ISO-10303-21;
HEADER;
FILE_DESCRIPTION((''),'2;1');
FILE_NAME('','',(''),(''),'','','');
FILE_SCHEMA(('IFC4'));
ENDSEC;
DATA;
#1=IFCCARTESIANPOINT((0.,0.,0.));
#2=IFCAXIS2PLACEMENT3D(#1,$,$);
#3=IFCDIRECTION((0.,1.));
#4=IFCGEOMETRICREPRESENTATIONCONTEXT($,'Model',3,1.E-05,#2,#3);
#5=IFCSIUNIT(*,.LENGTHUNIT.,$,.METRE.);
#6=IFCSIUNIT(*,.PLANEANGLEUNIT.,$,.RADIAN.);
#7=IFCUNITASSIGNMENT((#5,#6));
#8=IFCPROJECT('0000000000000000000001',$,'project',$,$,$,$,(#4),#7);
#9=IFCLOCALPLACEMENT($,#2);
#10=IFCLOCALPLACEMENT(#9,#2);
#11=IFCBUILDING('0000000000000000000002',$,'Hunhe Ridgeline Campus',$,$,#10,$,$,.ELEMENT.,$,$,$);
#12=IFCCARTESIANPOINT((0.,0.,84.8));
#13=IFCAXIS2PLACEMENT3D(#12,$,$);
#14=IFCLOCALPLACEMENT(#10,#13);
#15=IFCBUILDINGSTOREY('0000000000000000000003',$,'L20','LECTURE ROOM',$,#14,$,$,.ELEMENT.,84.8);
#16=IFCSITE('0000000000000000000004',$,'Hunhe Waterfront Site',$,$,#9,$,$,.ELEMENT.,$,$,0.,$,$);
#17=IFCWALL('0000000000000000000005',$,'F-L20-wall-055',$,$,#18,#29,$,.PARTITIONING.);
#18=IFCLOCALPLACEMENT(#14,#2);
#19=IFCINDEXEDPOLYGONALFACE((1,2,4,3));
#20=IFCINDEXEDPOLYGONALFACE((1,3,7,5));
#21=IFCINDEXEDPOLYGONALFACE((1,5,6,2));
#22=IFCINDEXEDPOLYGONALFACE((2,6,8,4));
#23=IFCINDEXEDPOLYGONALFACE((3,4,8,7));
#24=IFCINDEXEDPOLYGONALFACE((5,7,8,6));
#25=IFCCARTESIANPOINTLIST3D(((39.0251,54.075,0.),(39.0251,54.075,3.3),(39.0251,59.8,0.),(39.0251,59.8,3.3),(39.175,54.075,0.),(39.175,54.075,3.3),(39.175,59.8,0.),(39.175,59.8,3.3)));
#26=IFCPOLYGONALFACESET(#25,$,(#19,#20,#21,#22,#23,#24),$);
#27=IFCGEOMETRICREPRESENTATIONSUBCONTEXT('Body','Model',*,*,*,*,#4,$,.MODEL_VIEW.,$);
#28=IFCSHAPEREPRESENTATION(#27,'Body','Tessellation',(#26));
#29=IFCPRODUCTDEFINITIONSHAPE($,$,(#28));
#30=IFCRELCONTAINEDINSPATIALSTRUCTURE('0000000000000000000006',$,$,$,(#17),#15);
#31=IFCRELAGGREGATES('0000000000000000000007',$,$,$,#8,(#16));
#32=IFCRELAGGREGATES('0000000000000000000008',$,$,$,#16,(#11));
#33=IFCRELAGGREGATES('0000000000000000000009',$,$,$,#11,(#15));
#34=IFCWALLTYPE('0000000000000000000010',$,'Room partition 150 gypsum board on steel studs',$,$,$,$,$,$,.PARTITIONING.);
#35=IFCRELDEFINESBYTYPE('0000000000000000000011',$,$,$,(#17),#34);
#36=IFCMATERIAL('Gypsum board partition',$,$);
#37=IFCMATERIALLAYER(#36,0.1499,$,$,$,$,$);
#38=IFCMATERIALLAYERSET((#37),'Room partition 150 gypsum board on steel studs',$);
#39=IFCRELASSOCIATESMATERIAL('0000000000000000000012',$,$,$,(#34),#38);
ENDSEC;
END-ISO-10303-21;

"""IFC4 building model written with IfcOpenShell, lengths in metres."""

from ifc_helpers import new_model, si_unit, direction, frame, frame_2d, origin, place, context, subcontext, project, spatial, rectangle, extrude, material, layer, layer_set, type_object, element, save


model = new_model("IFC4")

# Units and contexts
model_context = context("Model", 3, precision=1e-05, world=origin(), true_north=direction((0.0, 1.0)))
body_context = subcontext(model_context, "Body", "Model", "MODEL_VIEW")
ifc_project = project(units=[si_unit("LENGTHUNIT", "METRE"), si_unit("PLANEANGLEUNIT", "RADIAN")], contexts=[model_context])

# Site, building, storey
site_placement = place(None, origin())
site = spatial("IfcSite", under=ifc_project, at=site_placement, Name="Hunhe Waterfront Site", CompositionType="ELEMENT", RefElevation=0.0)
building_placement = place(site_placement, origin())
building = spatial("IfcBuilding", under=site, at=building_placement, Name="Hunhe Ridgeline Campus", CompositionType="ELEMENT")
storey_placement = place(building_placement, frame((0.0, 0.0, 84.8)))
storey = spatial("IfcBuildingStorey", under=building, at=storey_placement, Name="L20", Description="LECTURE ROOM", CompositionType="ELEMENT", Elevation=84.8)

# Shared definitions
ifc_material_1 = material(Name="Gypsum board partition")

# Wall
ifc_layer_1 = layer(ifc_material_1, 0.1499)
ifc_layer_set_1 = layer_set([ifc_layer_1], Name="Room partition 150 gypsum board on steel studs")
wall_type_1 = type_object("IfcWallType", Name="Room partition 150 gypsum board on steel studs", PredefinedType="PARTITIONING", material=ifc_layer_set_1)
wall_1_placement = place(storey_placement, frame((39.1001, 59.8, 0.0), z_axis=(0.0, 0.0, 1.0), x_axis=(0.0, -1.0, 0.0)))
element("IfcWall", 1, at=wall_1_placement, inside=storey, type_object=wall_type_1, Name="F-L20-wall-055", PredefinedType="PARTITIONING", context=body_context, shape_type="SweptSolid", body=[
    extrude(rectangle(XDim=5.7251, YDim=0.1499, at=frame_2d((2.8625, 0.0))), origin(), (0.0, 0.0, 1.0), 3.3),
])

save(model, "model.ifc")
